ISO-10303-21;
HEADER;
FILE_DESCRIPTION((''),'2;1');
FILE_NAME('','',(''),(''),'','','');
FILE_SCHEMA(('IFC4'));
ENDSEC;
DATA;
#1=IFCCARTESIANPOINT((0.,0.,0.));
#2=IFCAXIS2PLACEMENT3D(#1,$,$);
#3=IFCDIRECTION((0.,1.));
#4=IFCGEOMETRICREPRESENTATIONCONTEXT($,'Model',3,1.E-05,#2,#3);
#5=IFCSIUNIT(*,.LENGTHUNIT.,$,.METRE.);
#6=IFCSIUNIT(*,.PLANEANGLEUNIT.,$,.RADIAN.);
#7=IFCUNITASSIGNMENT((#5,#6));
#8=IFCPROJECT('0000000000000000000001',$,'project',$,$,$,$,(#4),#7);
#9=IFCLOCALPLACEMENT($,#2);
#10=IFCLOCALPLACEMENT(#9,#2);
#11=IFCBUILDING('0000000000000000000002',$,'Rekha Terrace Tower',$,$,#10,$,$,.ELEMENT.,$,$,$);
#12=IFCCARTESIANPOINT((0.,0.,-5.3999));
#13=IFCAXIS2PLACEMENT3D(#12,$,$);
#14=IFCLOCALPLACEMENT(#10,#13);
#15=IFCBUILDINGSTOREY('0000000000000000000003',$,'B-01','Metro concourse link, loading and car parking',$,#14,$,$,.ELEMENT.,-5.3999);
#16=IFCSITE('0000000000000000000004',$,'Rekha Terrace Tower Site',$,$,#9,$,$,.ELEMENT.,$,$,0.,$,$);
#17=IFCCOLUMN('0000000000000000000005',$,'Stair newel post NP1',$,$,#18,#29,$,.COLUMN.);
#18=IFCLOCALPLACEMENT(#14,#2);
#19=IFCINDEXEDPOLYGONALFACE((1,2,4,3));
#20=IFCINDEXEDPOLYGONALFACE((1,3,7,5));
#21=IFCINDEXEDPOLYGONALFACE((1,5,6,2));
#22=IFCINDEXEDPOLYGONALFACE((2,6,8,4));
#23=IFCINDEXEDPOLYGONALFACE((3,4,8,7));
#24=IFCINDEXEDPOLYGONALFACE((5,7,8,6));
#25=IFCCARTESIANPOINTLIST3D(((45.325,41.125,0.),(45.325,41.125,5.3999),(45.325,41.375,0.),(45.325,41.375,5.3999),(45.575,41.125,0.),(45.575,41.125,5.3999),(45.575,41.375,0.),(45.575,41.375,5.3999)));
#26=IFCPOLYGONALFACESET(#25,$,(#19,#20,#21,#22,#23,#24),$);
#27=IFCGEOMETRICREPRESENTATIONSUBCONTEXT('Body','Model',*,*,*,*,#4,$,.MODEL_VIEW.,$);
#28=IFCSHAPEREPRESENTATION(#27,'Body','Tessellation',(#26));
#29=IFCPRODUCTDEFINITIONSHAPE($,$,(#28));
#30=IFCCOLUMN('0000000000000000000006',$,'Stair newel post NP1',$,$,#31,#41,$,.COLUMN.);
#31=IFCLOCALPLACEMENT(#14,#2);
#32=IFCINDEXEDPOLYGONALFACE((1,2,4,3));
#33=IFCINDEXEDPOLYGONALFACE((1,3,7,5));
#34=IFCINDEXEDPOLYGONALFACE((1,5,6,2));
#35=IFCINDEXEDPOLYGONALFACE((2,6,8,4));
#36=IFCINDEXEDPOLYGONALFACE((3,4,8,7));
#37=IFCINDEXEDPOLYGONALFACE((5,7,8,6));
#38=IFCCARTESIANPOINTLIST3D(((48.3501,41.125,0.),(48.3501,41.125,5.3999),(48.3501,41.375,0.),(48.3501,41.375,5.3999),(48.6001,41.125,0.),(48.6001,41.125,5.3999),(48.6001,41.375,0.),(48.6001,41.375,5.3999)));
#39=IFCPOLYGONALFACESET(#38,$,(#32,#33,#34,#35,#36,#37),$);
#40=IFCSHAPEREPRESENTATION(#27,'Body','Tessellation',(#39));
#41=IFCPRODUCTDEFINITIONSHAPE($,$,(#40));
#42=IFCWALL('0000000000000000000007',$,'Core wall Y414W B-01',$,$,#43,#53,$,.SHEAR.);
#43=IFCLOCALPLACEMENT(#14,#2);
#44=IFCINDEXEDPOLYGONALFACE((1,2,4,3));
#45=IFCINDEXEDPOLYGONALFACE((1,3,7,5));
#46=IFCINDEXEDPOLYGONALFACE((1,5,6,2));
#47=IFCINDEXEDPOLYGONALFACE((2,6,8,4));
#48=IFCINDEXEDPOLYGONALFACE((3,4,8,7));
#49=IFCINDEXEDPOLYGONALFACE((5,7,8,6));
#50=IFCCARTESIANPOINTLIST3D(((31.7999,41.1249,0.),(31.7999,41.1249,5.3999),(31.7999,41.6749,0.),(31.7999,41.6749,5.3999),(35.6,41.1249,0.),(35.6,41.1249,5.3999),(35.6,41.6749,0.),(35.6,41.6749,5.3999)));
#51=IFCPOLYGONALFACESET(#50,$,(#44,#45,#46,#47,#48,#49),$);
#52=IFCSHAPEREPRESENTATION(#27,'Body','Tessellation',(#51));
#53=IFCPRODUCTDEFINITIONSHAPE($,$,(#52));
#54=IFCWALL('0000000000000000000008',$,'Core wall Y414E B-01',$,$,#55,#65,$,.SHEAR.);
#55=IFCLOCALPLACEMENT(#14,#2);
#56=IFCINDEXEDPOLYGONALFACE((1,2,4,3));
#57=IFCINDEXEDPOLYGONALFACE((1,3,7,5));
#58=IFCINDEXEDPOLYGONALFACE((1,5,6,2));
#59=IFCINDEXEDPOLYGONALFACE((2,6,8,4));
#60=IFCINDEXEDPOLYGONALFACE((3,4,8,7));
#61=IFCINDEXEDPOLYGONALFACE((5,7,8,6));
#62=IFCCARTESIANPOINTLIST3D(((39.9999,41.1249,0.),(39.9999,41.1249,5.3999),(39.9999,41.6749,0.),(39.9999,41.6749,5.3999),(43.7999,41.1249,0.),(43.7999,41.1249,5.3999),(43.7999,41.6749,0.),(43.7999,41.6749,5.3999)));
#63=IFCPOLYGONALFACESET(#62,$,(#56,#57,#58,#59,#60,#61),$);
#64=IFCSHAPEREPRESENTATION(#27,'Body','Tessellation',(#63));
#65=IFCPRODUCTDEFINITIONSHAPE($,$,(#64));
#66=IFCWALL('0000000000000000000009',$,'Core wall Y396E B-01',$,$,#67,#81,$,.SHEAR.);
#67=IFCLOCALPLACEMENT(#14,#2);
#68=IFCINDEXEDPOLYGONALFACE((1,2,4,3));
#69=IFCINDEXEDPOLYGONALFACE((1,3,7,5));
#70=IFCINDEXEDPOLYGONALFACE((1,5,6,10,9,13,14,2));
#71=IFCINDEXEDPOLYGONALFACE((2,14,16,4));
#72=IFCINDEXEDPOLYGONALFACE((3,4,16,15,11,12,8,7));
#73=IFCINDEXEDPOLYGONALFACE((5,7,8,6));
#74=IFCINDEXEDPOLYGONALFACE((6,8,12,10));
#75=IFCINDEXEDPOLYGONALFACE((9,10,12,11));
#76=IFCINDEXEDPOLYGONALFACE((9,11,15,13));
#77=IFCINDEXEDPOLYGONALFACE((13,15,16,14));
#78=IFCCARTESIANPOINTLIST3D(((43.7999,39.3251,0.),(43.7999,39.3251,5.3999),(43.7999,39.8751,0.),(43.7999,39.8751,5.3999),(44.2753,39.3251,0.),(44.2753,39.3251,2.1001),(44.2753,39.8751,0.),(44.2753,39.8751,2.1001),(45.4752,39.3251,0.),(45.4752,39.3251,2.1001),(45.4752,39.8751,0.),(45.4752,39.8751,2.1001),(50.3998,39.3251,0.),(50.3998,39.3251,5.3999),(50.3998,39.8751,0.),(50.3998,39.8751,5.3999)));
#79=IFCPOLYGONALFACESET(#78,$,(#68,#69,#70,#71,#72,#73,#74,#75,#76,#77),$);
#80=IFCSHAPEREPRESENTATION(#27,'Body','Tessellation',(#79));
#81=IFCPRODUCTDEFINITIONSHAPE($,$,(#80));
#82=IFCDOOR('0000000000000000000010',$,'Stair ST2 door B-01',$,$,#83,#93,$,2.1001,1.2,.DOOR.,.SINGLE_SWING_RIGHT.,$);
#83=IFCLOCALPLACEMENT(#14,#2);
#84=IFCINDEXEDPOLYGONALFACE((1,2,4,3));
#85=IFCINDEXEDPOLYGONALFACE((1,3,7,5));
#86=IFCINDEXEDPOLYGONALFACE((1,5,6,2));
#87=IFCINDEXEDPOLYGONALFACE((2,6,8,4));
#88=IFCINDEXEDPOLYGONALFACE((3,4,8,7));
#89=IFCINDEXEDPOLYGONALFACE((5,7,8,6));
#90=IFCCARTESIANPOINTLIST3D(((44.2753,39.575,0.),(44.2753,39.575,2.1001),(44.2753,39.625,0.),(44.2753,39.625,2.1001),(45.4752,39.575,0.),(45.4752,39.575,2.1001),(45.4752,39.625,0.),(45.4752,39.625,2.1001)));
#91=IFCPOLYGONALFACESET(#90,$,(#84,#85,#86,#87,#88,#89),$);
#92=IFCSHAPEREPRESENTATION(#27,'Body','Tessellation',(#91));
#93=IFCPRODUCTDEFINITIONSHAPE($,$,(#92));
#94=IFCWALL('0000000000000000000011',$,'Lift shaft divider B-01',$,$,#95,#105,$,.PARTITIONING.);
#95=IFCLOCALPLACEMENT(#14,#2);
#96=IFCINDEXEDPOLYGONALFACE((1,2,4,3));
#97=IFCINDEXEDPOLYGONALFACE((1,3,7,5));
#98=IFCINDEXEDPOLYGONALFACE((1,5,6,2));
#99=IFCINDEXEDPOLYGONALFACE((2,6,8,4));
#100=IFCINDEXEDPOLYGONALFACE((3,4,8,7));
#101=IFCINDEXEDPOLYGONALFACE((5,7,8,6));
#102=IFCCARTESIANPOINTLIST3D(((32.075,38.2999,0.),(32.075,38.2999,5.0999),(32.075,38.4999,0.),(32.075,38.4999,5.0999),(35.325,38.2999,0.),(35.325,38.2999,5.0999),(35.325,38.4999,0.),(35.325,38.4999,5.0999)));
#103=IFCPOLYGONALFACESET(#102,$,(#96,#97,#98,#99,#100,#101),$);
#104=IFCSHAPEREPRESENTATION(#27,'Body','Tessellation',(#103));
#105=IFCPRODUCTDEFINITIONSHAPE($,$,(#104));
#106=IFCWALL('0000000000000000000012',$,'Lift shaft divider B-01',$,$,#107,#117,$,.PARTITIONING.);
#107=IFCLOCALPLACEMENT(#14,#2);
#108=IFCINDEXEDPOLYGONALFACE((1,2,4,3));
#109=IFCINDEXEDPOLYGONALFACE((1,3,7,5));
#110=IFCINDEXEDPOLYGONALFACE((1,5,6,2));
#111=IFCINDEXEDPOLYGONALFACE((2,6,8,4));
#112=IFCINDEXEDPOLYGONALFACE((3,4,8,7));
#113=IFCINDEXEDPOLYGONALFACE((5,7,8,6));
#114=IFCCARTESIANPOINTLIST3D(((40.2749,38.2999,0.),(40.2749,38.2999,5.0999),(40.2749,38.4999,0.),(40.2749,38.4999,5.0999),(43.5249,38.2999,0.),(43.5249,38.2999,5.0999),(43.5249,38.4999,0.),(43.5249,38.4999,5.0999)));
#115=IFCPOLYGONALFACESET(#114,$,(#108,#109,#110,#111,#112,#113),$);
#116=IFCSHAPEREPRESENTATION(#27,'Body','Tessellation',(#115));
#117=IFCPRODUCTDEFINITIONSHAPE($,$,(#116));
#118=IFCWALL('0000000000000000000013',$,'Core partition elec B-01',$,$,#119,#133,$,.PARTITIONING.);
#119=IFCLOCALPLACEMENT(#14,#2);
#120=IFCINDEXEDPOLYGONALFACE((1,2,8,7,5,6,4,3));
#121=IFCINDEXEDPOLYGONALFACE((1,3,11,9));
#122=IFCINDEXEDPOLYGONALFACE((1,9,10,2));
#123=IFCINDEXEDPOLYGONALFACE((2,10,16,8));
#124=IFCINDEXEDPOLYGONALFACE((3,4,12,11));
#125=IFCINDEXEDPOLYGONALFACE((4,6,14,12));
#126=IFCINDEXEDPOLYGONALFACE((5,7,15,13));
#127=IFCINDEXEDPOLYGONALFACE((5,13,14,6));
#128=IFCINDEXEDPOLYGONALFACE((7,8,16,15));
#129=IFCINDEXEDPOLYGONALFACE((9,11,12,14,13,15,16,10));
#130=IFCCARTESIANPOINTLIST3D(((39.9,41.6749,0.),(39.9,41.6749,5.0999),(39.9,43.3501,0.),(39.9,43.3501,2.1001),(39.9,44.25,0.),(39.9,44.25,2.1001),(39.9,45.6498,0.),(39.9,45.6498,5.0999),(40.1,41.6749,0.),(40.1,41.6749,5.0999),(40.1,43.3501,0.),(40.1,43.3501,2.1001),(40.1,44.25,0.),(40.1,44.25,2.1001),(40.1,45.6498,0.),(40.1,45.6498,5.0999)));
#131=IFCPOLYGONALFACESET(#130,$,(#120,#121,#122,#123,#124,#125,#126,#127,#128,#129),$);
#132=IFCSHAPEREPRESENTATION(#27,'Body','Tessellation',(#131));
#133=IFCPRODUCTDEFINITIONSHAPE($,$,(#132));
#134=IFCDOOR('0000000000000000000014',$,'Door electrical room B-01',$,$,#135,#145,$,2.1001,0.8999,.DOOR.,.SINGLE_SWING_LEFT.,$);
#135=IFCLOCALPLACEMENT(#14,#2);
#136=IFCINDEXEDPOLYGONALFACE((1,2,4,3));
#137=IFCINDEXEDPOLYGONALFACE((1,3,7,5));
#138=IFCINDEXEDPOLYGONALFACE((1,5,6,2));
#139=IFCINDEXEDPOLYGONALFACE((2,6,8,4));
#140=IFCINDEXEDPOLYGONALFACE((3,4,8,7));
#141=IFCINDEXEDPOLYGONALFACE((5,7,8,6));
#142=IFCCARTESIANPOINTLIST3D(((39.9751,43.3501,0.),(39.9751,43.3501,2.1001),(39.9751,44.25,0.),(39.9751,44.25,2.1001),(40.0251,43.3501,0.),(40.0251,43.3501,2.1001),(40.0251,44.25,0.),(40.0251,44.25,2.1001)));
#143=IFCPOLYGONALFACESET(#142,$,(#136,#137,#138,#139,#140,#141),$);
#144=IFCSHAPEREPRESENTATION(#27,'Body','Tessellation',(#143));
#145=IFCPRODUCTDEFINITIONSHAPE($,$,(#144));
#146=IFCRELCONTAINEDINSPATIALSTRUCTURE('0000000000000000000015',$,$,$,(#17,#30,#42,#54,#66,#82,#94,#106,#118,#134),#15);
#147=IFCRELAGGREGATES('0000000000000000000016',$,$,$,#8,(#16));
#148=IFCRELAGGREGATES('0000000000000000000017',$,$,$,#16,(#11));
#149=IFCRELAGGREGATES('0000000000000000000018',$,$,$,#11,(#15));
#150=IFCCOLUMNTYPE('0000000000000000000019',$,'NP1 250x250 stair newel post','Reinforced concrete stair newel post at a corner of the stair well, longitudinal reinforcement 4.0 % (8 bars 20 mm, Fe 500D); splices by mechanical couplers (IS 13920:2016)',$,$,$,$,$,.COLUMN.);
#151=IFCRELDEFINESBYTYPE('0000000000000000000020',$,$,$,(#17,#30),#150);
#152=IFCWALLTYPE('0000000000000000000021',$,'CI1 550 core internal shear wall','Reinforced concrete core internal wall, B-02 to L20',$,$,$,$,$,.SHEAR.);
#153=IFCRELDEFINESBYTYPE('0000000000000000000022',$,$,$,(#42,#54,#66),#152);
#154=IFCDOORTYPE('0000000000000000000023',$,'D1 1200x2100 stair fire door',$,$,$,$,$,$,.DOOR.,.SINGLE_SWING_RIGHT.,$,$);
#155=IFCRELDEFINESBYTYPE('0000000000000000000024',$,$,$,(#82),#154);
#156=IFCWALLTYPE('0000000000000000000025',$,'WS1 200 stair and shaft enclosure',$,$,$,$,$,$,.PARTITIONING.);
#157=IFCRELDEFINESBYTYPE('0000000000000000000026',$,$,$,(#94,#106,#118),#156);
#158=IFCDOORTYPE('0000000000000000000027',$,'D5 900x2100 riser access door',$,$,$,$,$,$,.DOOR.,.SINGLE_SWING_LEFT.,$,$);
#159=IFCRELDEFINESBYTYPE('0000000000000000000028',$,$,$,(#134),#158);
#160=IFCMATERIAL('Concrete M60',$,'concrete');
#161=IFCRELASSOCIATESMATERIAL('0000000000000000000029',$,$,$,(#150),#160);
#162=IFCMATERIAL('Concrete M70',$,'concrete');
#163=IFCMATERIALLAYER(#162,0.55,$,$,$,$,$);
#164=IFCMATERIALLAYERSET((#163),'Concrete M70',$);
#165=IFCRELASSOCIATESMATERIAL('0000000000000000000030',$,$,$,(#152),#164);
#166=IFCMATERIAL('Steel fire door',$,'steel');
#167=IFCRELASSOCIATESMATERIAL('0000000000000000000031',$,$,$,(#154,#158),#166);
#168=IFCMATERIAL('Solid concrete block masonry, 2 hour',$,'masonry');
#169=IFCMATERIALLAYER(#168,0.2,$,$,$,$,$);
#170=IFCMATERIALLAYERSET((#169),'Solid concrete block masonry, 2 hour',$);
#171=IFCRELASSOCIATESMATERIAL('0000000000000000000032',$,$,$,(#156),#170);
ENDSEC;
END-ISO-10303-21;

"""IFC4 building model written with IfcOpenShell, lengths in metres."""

from ifc_helpers import new_model, si_unit, direction, frame, frame_2d, origin, origin_2d, place, context, subcontext, project, spatial, rectangle, extrude, material, layer, layer_set, material_profile, profile_set, type_object, element, fill, save


model = new_model("IFC4")

# Units and contexts
model_context = context("Model", 3, precision=1e-05, world=origin(), true_north=direction((0.0, 1.0)))
body_context = subcontext(model_context, "Body", "Model", "MODEL_VIEW")
ifc_project = project(units=[si_unit("LENGTHUNIT", "METRE"), si_unit("PLANEANGLEUNIT", "RADIAN")], contexts=[model_context])

# Site, building, storey
site_placement = place(None, origin())
site = spatial("IfcSite", under=ifc_project, at=site_placement, Name="Rekha Terrace Tower Site", CompositionType="ELEMENT", RefElevation=0.0)
building_placement = place(site_placement, origin())
building = spatial("IfcBuilding", under=site, at=building_placement, Name="Rekha Terrace Tower", CompositionType="ELEMENT")
storey_placement = place(building_placement, frame((0.0, 0.0, -5.3999)))
storey = spatial("IfcBuildingStorey", under=building, at=storey_placement, Name="B-01", Description="Metro concourse link, loading and car parking", CompositionType="ELEMENT", Elevation=-5.3999)

# Columns
ifc_material_1 = material(Name="Concrete M60", Category="concrete")
ifc_material_profile = material_profile(ifc_material_1, rectangle(XDim=0.25, YDim=0.25, at=origin_2d()), Name="RC 250x250")
ifc_profile_set = profile_set([ifc_material_profile], Name="Concrete M60")
column_type = type_object("IfcColumnType", Name="NP1 250x250 stair newel post", Description="Reinforced concrete stair newel post at a corner of the stair well, longitudinal reinforcement 4.0 % (8 bars 20 mm, Fe 500D); splices by mechanical couplers (IS 13920:2016)", PredefinedType="COLUMN", material=ifc_profile_set)
for number, where, z_axis, x_axis, name in (
    (1, (45.45, 41.25, 0.0), (0.0, 0.0, 1.0), (1.0, 0.0, 0.0), "Stair newel post NP1"),
    (2, (48.4751, 41.25, 0.0), (0.0, 0.0, 1.0), (1.0, 0.0, 0.0), "Stair newel post NP1"),
):
    element("IfcColumn", number, at=place(storey_placement, frame(where, z_axis=z_axis, x_axis=x_axis)), inside=storey, type_object=column_type, Name=name, PredefinedType="COLUMN", context=body_context, shape_type="SweptSolid", body=[
        extrude(rectangle(XDim=0.25, YDim=0.25, at=origin_2d()), origin(), (0.0, 0.0, 1.0), 5.3999),
    ])

# Walls
ifc_material_2 = material(Name="Concrete M70", Category="concrete")
ifc_layer_1 = layer(ifc_material_2, 0.55)
ifc_layer_set_1 = layer_set([ifc_layer_1], Name="Concrete M70")
wall_type_1 = type_object("IfcWallType", Name="CI1 550 core internal shear wall", Description="Reinforced concrete core internal wall, B-02 to L20", PredefinedType="SHEAR", material=ifc_layer_set_1)
for number, where, z_axis, x_axis, name in (
    (3, (31.8, 41.3999, 0.0), (0.0, 0.0, 1.0), (1.0, 0.0, 0.0), "Core wall Y414W B-01"),
    (4, (40.0, 41.3999, 0.0), (0.0, 0.0, 1.0), (1.0, 0.0, 0.0), "Core wall Y414E B-01"),
):
    element("IfcWall", number, at=place(storey_placement, frame(where, z_axis=z_axis, x_axis=x_axis)), inside=storey, type_object=wall_type_1, Name=name, PredefinedType="SHEAR", context=body_context, shape_type="SweptSolid", body=[
        extrude(rectangle(XDim=3.8, YDim=0.55, at=frame_2d((1.8999, 0.0))), origin(), (0.0, 0.0, 1.0), 5.3999),
    ])

# Wall, opening, door
wall_1_placement = place(storey_placement, frame((43.8, 39.6001, 0.0), z_axis=(0.0, 0.0, 1.0), x_axis=(1.0, 0.0, 0.0)))
wall_1 = element("IfcWall", 5, at=wall_1_placement, inside=storey, type_object=wall_type_1, Name="Core wall Y396E B-01", PredefinedType="SHEAR", context=body_context, shape_type="SweptSolid", body=[
    extrude(rectangle(XDim=6.5999, YDim=0.55, at=frame_2d((3.2998, 0.0))), origin(), (0.0, 0.0, 1.0), 5.3999),
])
opening_1_placement = place(wall_1_placement, frame((0.4751, 0.0, 0.0)))
opening_1 = element("IfcOpeningElement", 6, at=opening_1_placement, cuts=wall_1, PredefinedType="OPENING", context=body_context, shape_type="SweptSolid", body=[
    extrude(rectangle(XDim=1.2, YDim=2.1001, at=frame_2d((0.6001, 1.05))), frame((0.0, 0.2849, 0.0), z_axis=(0.0, -1.0, 0.0), x_axis=(1.0, 0.0, 0.0)), (0.0, 0.0, 1.0), 0.5701),
])
ifc_material_3 = material(Name="Steel fire door", Category="steel")
door_type_1 = type_object("IfcDoorType", Name="D1 1200x2100 stair fire door", OperationType="SINGLE_SWING_RIGHT", PredefinedType="DOOR", material=ifc_material_3)
door_1_placement = place(opening_1_placement, origin())
door_1 = element("IfcDoor", 7, at=door_1_placement, inside=storey, type_object=door_type_1, Name="Stair ST2 door B-01", OperationType="SINGLE_SWING_RIGHT", OverallHeight=2.1001, OverallWidth=1.2, PredefinedType="DOOR", context=body_context, shape_type="SweptSolid", body=[
    extrude(rectangle(XDim=1.2, YDim=2.1001, at=frame_2d((0.6001, 1.05))), frame((0.0, 0.0249, 0.0), z_axis=(0.0, -1.0, 0.0), x_axis=(1.0, 0.0, 0.0)), (0.0, 0.0, 1.0), 0.05),
])
fill(opening_1, door_1)

# Walls
ifc_material_4 = material(Name="Solid concrete block masonry, 2 hour", Category="masonry")
ifc_layer_2 = layer(ifc_material_4, 0.2)
ifc_layer_set_2 = layer_set([ifc_layer_2], Name="Solid concrete block masonry, 2 hour")
wall_type_2 = type_object("IfcWallType", Name="WS1 200 stair and shaft enclosure", PredefinedType="PARTITIONING", material=ifc_layer_set_2)
for number, where, z_axis, x_axis, name in (
    (8, (32.075, 38.3999, 0.0), (0.0, 0.0, 1.0), (1.0, 0.0, 0.0), "Lift shaft divider B-01"),
    (9, (40.2749, 38.3999, 0.0), (0.0, 0.0, 1.0), (1.0, 0.0, 0.0), "Lift shaft divider B-01"),
):
    element("IfcWall", number, at=place(storey_placement, frame(where, z_axis=z_axis, x_axis=x_axis)), inside=storey, type_object=wall_type_2, Name=name, PredefinedType="PARTITIONING", context=body_context, shape_type="SweptSolid", body=[
        extrude(rectangle(XDim=3.25, YDim=0.2, at=frame_2d((1.625, 0.0))), origin(), (0.0, 0.0, 1.0), 5.0999),
    ])

# Wall, opening, door
wall_2_placement = place(storey_placement, frame((40.0, 41.675, 0.0), z_axis=(0.0, 0.0, 1.0), x_axis=(0.0, 1.0, 0.0)))
wall_2 = element("IfcWall", 10, at=wall_2_placement, inside=storey, type_object=wall_type_2, Name="Core partition elec B-01", PredefinedType="PARTITIONING", context=body_context, shape_type="SweptSolid", body=[
    extrude(rectangle(XDim=3.9749, YDim=0.2, at=frame_2d((1.9873, 0.0))), origin(), (0.0, 0.0, 1.0), 5.0999),
])
opening_2_placement = place(wall_2_placement, frame((1.675, 0.0, 0.0)))
opening_2 = element("IfcOpeningElement", 11, at=opening_2_placement, cuts=wall_2, PredefinedType="OPENING", context=body_context, shape_type="SweptSolid", body=[
    extrude(rectangle(XDim=0.8999, YDim=2.1001, at=frame_2d((0.45, 1.05))), frame((0.0, 0.1099, 0.0), z_axis=(0.0, -1.0, 0.0), x_axis=(1.0, 0.0, 0.0)), (0.0, 0.0, 1.0), 0.22),
])
door_type_2 = type_object("IfcDoorType", Name="D5 900x2100 riser access door", OperationType="SINGLE_SWING_LEFT", PredefinedType="DOOR", material=ifc_material_3)
door_2_placement = place(opening_2_placement, origin())
door_2 = element("IfcDoor", 12, at=door_2_placement, inside=storey, type_object=door_type_2, Name="Door electrical room B-01", OperationType="SINGLE_SWING_LEFT", OverallHeight=2.1001, OverallWidth=0.8999, PredefinedType="DOOR", context=body_context, shape_type="SweptSolid", body=[
    extrude(rectangle(XDim=0.8999, YDim=2.1001, at=frame_2d((0.45, 1.05))), frame((0.0, 0.0249, 0.0), z_axis=(0.0, -1.0, 0.0), x_axis=(1.0, 0.0, 0.0)), (0.0, 0.0, 1.0), 0.05),
])
fill(opening_2, door_2)

save(model, "model.ifc")
